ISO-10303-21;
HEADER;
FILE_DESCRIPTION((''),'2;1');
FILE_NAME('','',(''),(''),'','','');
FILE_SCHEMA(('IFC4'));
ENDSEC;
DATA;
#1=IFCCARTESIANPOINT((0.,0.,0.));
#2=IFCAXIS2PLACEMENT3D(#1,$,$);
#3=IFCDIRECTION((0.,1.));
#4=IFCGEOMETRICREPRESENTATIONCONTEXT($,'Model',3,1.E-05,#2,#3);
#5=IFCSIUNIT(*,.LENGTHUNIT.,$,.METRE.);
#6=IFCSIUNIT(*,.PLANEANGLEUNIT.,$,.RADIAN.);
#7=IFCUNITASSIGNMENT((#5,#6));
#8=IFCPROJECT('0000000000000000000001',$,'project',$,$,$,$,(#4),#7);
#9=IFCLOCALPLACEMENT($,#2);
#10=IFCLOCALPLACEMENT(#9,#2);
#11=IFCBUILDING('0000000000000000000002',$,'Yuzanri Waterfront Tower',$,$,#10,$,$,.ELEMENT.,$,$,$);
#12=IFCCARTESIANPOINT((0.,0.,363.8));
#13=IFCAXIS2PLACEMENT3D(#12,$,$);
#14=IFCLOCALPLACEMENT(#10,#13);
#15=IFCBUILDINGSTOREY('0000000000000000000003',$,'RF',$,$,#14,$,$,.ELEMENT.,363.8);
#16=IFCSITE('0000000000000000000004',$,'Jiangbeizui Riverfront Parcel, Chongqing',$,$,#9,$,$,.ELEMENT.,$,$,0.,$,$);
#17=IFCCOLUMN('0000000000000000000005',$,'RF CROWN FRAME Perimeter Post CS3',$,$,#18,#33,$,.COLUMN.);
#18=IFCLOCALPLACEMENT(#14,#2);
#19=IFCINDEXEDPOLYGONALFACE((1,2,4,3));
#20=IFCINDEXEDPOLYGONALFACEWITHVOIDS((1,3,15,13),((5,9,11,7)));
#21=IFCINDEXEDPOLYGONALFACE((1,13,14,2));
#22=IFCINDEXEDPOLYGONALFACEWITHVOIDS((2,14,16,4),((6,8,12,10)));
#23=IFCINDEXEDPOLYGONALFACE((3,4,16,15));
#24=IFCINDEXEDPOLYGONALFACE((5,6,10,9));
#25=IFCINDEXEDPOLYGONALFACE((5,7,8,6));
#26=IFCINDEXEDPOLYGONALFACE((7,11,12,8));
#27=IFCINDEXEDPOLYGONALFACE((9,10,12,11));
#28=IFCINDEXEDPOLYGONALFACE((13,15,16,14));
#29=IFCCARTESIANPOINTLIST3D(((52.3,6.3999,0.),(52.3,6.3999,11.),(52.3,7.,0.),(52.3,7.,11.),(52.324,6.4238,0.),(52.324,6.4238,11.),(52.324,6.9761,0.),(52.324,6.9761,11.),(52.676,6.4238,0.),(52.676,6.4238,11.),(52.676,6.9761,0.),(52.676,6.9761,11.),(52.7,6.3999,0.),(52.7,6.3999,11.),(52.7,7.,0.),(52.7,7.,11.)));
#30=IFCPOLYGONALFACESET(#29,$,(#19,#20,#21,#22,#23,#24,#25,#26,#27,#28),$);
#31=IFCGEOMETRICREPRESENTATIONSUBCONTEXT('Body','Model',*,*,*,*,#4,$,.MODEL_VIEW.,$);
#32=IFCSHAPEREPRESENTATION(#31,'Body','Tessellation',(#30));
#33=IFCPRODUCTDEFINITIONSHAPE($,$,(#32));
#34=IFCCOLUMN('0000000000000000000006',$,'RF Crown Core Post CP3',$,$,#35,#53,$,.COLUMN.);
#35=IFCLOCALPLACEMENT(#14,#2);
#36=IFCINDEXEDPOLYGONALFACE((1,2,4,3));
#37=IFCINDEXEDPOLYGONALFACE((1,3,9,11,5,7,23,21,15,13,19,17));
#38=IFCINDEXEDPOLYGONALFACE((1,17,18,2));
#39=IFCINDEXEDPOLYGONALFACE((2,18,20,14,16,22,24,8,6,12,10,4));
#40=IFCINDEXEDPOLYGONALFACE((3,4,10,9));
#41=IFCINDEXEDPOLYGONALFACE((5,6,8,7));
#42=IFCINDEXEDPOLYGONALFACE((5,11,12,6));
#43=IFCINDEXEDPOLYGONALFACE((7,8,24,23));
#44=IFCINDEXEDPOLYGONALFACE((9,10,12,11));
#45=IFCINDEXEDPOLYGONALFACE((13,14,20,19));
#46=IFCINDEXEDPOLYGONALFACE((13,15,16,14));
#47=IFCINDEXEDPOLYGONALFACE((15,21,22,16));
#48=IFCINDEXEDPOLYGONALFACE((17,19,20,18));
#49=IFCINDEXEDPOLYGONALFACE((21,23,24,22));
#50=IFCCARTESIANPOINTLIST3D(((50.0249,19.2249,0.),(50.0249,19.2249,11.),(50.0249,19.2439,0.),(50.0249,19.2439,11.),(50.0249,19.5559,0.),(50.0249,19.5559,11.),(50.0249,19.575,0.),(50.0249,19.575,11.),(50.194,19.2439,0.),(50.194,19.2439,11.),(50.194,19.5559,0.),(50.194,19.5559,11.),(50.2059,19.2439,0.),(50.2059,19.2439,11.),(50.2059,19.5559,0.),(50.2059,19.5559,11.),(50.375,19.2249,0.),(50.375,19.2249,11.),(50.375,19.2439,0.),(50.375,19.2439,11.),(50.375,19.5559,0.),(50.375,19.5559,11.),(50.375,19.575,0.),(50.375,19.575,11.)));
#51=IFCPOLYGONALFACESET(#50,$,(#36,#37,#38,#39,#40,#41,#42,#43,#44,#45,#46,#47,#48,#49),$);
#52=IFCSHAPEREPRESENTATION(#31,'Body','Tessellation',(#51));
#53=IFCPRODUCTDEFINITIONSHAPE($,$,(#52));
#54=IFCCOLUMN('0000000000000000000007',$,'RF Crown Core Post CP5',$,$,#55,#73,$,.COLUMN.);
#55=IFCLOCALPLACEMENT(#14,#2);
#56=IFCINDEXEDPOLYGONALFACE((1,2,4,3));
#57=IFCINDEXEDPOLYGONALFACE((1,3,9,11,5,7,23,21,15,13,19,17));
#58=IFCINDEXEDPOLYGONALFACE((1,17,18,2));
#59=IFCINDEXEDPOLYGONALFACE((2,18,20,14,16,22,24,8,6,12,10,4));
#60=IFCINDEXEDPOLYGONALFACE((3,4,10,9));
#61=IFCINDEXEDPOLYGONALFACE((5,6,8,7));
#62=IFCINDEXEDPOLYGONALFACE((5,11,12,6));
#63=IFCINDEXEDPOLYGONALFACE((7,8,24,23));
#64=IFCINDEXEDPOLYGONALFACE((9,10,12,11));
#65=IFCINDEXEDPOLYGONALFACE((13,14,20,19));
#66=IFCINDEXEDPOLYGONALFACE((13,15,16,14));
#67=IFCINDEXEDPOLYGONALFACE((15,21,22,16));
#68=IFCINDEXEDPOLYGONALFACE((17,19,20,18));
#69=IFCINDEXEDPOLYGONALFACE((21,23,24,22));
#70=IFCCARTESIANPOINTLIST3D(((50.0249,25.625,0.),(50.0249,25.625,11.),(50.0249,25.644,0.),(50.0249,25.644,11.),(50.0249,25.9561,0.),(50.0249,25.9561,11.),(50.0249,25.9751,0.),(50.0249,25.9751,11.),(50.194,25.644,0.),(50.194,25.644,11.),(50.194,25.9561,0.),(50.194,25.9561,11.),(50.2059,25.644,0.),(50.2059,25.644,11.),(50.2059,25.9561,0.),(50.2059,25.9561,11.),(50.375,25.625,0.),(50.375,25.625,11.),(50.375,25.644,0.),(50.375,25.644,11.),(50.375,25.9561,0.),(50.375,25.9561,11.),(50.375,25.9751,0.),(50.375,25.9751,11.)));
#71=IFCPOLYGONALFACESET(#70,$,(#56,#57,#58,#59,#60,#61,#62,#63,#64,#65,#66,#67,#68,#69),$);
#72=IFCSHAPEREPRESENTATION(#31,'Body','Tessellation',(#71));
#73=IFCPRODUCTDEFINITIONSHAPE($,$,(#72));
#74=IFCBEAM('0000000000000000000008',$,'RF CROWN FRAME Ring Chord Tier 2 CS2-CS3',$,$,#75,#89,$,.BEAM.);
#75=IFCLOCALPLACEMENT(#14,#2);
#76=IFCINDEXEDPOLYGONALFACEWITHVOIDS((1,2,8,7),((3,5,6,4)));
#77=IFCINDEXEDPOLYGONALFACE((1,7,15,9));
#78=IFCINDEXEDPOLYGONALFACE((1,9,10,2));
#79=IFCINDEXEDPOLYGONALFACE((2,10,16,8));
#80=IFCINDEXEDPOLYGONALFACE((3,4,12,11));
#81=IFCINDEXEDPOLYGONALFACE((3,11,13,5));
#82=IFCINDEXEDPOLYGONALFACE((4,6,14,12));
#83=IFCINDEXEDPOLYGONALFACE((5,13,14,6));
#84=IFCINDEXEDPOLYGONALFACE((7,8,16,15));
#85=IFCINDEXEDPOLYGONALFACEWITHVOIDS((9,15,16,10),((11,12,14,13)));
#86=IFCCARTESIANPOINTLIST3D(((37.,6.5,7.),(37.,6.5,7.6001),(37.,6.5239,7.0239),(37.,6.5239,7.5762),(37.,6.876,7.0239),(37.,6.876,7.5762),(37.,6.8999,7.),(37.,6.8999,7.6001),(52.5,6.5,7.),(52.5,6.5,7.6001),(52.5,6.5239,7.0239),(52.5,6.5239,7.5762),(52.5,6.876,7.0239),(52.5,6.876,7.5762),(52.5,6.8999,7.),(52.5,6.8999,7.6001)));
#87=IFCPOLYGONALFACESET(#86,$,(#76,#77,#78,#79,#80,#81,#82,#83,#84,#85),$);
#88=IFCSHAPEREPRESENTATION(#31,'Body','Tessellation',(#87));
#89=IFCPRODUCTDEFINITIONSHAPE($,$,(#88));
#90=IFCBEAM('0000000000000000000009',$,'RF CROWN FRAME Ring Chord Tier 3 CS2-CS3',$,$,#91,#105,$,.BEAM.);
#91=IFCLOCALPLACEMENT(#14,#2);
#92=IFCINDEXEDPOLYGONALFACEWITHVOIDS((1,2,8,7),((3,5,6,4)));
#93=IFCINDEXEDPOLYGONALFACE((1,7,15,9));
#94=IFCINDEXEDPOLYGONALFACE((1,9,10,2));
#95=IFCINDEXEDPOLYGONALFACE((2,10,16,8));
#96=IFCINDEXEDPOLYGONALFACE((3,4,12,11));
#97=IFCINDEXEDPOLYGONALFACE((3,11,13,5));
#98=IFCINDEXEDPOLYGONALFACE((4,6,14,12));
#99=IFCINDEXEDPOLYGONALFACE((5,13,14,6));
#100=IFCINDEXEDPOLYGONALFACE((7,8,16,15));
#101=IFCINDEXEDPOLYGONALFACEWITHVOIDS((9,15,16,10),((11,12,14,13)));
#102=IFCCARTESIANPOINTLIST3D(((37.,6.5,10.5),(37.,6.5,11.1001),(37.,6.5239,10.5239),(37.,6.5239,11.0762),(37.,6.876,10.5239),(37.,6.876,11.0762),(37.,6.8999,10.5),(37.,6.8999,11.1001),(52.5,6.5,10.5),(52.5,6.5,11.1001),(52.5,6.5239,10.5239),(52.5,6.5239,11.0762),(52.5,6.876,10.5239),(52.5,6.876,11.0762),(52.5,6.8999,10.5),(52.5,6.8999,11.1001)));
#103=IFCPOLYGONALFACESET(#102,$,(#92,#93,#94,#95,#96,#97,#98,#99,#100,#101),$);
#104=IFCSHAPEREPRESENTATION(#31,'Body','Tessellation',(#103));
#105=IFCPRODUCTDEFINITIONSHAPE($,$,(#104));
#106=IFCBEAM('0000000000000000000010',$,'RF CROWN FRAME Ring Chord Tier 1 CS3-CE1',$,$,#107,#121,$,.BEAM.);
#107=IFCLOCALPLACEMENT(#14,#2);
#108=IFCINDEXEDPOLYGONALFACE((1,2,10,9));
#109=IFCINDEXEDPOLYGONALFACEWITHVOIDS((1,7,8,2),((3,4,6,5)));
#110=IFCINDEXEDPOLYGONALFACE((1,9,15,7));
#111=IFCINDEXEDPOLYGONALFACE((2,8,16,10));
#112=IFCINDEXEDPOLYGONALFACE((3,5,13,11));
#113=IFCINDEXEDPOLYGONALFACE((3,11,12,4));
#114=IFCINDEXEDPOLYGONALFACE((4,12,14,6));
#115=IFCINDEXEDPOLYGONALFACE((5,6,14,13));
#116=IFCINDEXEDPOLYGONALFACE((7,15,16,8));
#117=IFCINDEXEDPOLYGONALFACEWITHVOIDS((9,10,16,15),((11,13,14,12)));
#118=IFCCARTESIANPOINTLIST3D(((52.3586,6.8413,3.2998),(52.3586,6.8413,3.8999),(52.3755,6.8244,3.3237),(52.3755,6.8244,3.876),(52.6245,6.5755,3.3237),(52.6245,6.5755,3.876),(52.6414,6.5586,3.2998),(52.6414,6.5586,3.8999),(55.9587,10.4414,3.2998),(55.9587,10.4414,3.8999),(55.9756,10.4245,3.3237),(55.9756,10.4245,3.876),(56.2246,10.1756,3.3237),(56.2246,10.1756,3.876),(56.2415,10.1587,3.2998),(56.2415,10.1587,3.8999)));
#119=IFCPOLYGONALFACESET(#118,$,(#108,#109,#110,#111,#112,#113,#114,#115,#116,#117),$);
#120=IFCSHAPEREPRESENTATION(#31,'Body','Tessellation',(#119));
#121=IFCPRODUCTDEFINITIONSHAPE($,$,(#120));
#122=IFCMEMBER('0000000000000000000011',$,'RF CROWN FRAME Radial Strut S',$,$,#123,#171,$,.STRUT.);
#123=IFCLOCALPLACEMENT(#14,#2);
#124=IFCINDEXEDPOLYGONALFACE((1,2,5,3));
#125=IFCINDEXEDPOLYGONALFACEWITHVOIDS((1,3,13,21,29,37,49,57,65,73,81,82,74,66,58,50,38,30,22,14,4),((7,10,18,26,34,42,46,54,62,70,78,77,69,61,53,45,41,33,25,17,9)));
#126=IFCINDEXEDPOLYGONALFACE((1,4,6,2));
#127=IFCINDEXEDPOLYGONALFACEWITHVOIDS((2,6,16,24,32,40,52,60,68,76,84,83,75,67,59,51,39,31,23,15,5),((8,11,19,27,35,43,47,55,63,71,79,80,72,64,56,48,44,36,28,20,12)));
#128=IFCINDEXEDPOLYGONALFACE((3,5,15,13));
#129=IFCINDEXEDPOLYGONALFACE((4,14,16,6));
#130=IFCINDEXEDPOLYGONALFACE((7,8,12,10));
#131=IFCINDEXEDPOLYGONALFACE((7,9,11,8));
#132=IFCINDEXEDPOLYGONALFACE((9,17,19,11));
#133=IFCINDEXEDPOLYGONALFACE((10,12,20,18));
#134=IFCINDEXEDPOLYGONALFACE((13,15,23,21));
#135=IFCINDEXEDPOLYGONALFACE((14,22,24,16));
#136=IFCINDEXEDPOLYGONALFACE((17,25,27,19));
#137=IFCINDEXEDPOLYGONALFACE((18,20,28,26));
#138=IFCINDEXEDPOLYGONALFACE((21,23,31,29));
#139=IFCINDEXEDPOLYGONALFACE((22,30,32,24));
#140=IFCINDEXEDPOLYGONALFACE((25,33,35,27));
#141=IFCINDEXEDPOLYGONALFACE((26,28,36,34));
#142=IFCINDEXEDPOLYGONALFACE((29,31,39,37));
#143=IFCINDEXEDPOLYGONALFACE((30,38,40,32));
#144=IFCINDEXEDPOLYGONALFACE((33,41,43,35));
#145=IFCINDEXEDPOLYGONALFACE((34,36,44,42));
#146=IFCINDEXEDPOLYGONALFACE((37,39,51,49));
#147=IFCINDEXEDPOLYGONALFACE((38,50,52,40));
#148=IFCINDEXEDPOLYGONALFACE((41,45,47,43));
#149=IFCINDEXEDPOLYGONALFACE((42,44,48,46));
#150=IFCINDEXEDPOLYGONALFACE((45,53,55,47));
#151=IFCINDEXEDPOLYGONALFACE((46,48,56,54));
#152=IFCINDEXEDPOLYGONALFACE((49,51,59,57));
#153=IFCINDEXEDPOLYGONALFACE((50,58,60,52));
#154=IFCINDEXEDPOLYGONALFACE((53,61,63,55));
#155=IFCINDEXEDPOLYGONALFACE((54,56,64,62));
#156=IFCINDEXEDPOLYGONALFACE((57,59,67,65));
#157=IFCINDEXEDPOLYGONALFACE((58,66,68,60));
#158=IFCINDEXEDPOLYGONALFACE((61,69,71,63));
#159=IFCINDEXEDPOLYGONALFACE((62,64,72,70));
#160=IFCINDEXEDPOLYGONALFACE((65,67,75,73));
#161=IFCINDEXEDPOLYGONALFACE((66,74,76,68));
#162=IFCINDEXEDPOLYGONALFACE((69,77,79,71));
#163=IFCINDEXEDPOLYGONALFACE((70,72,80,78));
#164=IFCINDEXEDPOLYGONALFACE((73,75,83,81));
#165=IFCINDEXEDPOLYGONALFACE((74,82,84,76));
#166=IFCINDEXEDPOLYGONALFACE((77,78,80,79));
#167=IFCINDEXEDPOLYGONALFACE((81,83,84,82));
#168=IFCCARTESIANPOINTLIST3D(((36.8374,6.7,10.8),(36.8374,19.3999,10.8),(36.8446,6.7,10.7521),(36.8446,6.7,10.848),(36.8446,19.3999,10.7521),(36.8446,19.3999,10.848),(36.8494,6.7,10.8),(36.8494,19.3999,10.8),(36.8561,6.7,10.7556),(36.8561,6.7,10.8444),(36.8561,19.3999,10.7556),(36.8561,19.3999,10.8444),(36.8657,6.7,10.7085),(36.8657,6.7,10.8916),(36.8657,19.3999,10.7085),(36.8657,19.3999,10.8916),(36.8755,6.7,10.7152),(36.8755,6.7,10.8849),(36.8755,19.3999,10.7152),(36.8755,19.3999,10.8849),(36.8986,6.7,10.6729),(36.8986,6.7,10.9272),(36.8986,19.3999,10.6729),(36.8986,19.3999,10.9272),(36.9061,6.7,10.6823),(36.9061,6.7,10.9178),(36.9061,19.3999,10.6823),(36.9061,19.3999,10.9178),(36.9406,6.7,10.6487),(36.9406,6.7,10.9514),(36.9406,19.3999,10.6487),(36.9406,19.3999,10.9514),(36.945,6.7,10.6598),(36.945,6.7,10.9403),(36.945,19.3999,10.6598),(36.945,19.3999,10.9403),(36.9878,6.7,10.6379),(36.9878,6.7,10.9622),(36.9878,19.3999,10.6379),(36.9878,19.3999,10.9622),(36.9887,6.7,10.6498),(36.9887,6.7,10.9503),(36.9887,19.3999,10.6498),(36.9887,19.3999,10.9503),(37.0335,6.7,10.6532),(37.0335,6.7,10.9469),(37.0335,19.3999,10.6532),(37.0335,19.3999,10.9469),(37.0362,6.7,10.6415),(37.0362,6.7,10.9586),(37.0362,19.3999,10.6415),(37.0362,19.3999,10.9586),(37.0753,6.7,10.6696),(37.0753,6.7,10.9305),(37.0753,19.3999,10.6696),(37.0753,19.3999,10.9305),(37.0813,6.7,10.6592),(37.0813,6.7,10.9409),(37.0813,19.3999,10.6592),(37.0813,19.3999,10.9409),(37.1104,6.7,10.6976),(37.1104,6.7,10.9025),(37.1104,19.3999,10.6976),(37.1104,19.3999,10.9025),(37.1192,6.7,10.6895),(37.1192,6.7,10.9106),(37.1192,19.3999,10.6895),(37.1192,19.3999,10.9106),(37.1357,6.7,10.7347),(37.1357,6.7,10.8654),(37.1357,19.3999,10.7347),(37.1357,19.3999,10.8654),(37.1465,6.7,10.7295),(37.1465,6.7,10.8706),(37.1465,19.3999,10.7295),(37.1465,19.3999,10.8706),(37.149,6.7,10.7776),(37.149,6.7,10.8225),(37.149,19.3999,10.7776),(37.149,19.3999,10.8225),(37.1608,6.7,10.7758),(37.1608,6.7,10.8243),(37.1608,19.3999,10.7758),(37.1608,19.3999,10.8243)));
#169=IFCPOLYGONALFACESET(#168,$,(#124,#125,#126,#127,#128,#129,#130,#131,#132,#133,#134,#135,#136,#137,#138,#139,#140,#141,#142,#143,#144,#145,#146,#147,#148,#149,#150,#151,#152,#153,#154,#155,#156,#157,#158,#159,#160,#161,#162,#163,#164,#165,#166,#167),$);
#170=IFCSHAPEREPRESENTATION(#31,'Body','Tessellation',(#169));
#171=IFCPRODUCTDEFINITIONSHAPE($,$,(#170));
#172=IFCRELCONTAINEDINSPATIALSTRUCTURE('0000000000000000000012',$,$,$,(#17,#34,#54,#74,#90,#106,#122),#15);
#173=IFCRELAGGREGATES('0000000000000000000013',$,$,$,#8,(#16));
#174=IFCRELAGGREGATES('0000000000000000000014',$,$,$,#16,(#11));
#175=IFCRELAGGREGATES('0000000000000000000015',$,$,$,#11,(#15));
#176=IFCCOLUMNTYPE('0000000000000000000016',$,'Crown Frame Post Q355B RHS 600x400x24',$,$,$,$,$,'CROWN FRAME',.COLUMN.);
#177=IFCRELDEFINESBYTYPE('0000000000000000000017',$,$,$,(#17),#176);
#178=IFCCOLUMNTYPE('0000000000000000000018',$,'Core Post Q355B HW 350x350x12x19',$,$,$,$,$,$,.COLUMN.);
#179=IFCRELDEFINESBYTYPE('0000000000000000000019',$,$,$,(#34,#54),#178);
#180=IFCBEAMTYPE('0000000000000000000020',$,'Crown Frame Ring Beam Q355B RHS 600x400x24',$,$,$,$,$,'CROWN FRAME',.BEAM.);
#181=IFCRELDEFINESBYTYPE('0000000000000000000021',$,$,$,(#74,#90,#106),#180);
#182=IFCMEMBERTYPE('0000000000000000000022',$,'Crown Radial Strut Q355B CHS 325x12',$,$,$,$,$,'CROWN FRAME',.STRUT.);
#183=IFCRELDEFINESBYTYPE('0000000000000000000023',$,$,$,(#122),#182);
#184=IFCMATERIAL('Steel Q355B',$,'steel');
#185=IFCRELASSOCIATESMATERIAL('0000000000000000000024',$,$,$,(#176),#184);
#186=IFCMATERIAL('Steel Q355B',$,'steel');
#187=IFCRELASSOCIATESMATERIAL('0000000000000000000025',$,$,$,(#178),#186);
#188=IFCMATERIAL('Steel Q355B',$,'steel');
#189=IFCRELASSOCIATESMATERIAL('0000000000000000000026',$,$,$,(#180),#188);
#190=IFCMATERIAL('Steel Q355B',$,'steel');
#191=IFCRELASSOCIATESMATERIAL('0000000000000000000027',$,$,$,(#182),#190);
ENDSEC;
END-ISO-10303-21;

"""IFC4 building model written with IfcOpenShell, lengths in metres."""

from ifc_helpers import new_model, si_unit, direction, frame, origin, origin_2d, place, context, subcontext, project, spatial, hollow_rectangle, hollow_circle, i_section, extrude, source, transform, mapped, material, material_profile, profile_set, type_object, element, save


model = new_model("IFC4")

# Units and contexts
model_context = context("Model", 3, precision=1e-05, world=origin(), true_north=direction((0.0, 1.0)))
body_context = subcontext(model_context, "Body", "Model", "MODEL_VIEW")
ifc_project = project(units=[si_unit("LENGTHUNIT", "METRE"), si_unit("PLANEANGLEUNIT", "RADIAN")], contexts=[model_context])

# Site, building, storey
site_placement = place(None, origin())
site = spatial("IfcSite", under=ifc_project, at=site_placement, Name="Jiangbeizui Riverfront Parcel, Chongqing", CompositionType="ELEMENT", RefElevation=0.0)
building_placement = place(site_placement, origin())
building = spatial("IfcBuilding", under=site, at=building_placement, Name="Yuzanri Waterfront Tower", CompositionType="ELEMENT")
storey_placement = place(building_placement, frame((0.0, 0.0, 363.8)))
storey = spatial("IfcBuildingStorey", under=building, at=storey_placement, Name="RF", CompositionType="ELEMENT", Elevation=363.8)

# Columns
ifc_material_1 = material(Name="Steel Q355B", Category="steel")
ifc_material_profile_1 = material_profile(ifc_material_1, hollow_rectangle(XDim=0.3999, YDim=0.6001, WallThickness=0.0239, at=origin_2d()), Name="RHS 600x400x24")
ifc_profile_set_1 = profile_set([ifc_material_profile_1], Name="Steel Q355B")
column_type_1 = type_object("IfcColumnType", Name="Crown Frame Post Q355B RHS 600x400x24", ElementType="CROWN FRAME", PredefinedType="COLUMN", material=ifc_profile_set_1)
shared_shape_1 = source(origin(), body_context, "Body", "SweptSolid", [
    extrude(hollow_rectangle(XDim=0.3999, YDim=0.6001, WallThickness=0.0239, at=origin_2d()), origin(), (0.0, 0.0, 1.0), 11.0),
])
column_placement = place(storey_placement, frame((52.5, 6.7, 0.0), z_axis=(0.0, 0.0, 1.0), x_axis=(1.0, 0.0, 0.0)))
element("IfcColumn", 1, at=column_placement, inside=storey, type_object=column_type_1, Name="RF CROWN FRAME Perimeter Post CS3", PredefinedType="COLUMN", context=body_context, shape_type="MappedRepresentation", body=[
    mapped(shared_shape_1, transform((0.0, 0.0, 0.0), scale=1.0)),
])
ifc_material_2 = material(Name="Steel Q355B", Category="steel")
ifc_material_profile_2 = material_profile(ifc_material_2, i_section(OverallWidth=0.3501, OverallDepth=0.3501, WebThickness=0.012, FlangeThickness=0.019, at=origin_2d()), Name="HW 350x350x12x19")
ifc_profile_set_2 = profile_set([ifc_material_profile_2], Name="Steel Q355B")
column_type_2 = type_object("IfcColumnType", Name="Core Post Q355B HW 350x350x12x19", PredefinedType="COLUMN", material=ifc_profile_set_2)
shared_shape_2 = source(origin(), body_context, "Body", "SweptSolid", [
    extrude(i_section(OverallWidth=0.3501, OverallDepth=0.3501, WebThickness=0.012, FlangeThickness=0.019, at=origin_2d()), origin(), (0.0, 0.0, 1.0), 11.0),
])
for number, where, z_axis, x_axis, name in (
    (2, (50.2, 19.3999, 0.0), (0.0, 0.0, 1.0), (1.0, 0.0, 0.0), "RF Crown Core Post CP3"),
    (3, (50.2, 25.8, 0.0), (0.0, 0.0, 1.0), (1.0, 0.0, 0.0), "RF Crown Core Post CP5"),
):
    element("IfcColumn", number, at=place(storey_placement, frame(where, z_axis=z_axis, x_axis=x_axis)), inside=storey, type_object=column_type_2, Name=name, PredefinedType="COLUMN", context=body_context, shape_type="MappedRepresentation", body=[
        mapped(shared_shape_2, transform((0.0, 0.0, 0.0), scale=1.0)),
    ])

# Beams
ifc_material_3 = material(Name="Steel Q355B", Category="steel")
ifc_material_profile_3 = material_profile(ifc_material_3, hollow_rectangle(XDim=0.3999, YDim=0.6001, WallThickness=0.0239, at=origin_2d()), Name="RHS 600x400x24")
ifc_profile_set_3 = profile_set([ifc_material_profile_3], Name="Steel Q355B")
beam_type = type_object("IfcBeamType", Name="Crown Frame Ring Beam Q355B RHS 600x400x24", ElementType="CROWN FRAME", PredefinedType="BEAM", material=ifc_profile_set_3)
shared_shape_3 = source(origin(), body_context, "Body", "SweptSolid", [
    extrude(hollow_rectangle(XDim=0.3999, YDim=0.6001, WallThickness=0.0239, at=origin_2d()), origin(), (0.0, 0.0, 1.0), 15.5),
])
for number, where, z_axis, x_axis, name in (
    (4, (37.0, 6.7, 7.3), (1.0, 0.0, 0.0), (0.0, 1.0, 0.0), "RF CROWN FRAME Ring Chord Tier 2 CS2-CS3"),
    (5, (37.0, 6.7, 10.8), (1.0, 0.0, 0.0), (0.0, 1.0, 0.0), "RF CROWN FRAME Ring Chord Tier 3 CS2-CS3"),
):
    element("IfcBeam", number, at=place(storey_placement, frame(where, z_axis=z_axis, x_axis=x_axis)), inside=storey, type_object=beam_type, Name=name, PredefinedType="BEAM", context=body_context, shape_type="MappedRepresentation", body=[
        mapped(shared_shape_3, transform((0.0, 0.0, 0.0), scale=1.0)),
    ])
shared_shape_4 = source(origin(), body_context, "Body", "SweptSolid", [
    extrude(hollow_rectangle(XDim=0.3999, YDim=0.6001, WallThickness=0.0239, at=origin_2d()), origin(), (0.0, 0.0, 1.0), 5.0913),
])
beam_placement = place(storey_placement, frame((52.5, 6.7, 3.5999), z_axis=(0.707107, 0.707107, 0.0), x_axis=(-0.707107, 0.707107, 0.0)))
element("IfcBeam", 6, at=beam_placement, inside=storey, type_object=beam_type, Name="RF CROWN FRAME Ring Chord Tier 1 CS3-CE1", PredefinedType="BEAM", context=body_context, shape_type="MappedRepresentation", body=[
    mapped(shared_shape_4, transform((0.0, 0.0, 0.0), scale=1.0)),
])

# Member
ifc_material_4 = material(Name="Steel Q355B", Category="steel")
ifc_material_profile_4 = material_profile(ifc_material_4, hollow_circle(Radius=0.1626, WallThickness=0.012, at=origin_2d()), Name="CHS 325x12")
ifc_profile_set_4 = profile_set([ifc_material_profile_4], Name="Steel Q355B")
member_type_1 = type_object("IfcMemberType", Name="Crown Radial Strut Q355B CHS 325x12", ElementType="CROWN FRAME", PredefinedType="STRUT", material=ifc_profile_set_4)
shared_shape_5 = source(origin(), body_context, "Body", "SweptSolid", [
    extrude(hollow_circle(Radius=0.1626, WallThickness=0.012, at=origin_2d()), origin(), (0.0, 0.0, 1.0), 12.7),
])
member_1_placement = place(storey_placement, frame((37.0, 6.7, 10.8), z_axis=(0.0, 1.0, 0.0), x_axis=(-1.0, 0.0, 0.0)))
element("IfcMember", 7, at=member_1_placement, inside=storey, type_object=member_type_1, Name="RF CROWN FRAME Radial Strut S", PredefinedType="STRUT", context=body_context, shape_type="MappedRepresentation", body=[
    mapped(shared_shape_5, transform((0.0, 0.0, 0.0), scale=1.0)),
])

save(model, "model.ifc")
